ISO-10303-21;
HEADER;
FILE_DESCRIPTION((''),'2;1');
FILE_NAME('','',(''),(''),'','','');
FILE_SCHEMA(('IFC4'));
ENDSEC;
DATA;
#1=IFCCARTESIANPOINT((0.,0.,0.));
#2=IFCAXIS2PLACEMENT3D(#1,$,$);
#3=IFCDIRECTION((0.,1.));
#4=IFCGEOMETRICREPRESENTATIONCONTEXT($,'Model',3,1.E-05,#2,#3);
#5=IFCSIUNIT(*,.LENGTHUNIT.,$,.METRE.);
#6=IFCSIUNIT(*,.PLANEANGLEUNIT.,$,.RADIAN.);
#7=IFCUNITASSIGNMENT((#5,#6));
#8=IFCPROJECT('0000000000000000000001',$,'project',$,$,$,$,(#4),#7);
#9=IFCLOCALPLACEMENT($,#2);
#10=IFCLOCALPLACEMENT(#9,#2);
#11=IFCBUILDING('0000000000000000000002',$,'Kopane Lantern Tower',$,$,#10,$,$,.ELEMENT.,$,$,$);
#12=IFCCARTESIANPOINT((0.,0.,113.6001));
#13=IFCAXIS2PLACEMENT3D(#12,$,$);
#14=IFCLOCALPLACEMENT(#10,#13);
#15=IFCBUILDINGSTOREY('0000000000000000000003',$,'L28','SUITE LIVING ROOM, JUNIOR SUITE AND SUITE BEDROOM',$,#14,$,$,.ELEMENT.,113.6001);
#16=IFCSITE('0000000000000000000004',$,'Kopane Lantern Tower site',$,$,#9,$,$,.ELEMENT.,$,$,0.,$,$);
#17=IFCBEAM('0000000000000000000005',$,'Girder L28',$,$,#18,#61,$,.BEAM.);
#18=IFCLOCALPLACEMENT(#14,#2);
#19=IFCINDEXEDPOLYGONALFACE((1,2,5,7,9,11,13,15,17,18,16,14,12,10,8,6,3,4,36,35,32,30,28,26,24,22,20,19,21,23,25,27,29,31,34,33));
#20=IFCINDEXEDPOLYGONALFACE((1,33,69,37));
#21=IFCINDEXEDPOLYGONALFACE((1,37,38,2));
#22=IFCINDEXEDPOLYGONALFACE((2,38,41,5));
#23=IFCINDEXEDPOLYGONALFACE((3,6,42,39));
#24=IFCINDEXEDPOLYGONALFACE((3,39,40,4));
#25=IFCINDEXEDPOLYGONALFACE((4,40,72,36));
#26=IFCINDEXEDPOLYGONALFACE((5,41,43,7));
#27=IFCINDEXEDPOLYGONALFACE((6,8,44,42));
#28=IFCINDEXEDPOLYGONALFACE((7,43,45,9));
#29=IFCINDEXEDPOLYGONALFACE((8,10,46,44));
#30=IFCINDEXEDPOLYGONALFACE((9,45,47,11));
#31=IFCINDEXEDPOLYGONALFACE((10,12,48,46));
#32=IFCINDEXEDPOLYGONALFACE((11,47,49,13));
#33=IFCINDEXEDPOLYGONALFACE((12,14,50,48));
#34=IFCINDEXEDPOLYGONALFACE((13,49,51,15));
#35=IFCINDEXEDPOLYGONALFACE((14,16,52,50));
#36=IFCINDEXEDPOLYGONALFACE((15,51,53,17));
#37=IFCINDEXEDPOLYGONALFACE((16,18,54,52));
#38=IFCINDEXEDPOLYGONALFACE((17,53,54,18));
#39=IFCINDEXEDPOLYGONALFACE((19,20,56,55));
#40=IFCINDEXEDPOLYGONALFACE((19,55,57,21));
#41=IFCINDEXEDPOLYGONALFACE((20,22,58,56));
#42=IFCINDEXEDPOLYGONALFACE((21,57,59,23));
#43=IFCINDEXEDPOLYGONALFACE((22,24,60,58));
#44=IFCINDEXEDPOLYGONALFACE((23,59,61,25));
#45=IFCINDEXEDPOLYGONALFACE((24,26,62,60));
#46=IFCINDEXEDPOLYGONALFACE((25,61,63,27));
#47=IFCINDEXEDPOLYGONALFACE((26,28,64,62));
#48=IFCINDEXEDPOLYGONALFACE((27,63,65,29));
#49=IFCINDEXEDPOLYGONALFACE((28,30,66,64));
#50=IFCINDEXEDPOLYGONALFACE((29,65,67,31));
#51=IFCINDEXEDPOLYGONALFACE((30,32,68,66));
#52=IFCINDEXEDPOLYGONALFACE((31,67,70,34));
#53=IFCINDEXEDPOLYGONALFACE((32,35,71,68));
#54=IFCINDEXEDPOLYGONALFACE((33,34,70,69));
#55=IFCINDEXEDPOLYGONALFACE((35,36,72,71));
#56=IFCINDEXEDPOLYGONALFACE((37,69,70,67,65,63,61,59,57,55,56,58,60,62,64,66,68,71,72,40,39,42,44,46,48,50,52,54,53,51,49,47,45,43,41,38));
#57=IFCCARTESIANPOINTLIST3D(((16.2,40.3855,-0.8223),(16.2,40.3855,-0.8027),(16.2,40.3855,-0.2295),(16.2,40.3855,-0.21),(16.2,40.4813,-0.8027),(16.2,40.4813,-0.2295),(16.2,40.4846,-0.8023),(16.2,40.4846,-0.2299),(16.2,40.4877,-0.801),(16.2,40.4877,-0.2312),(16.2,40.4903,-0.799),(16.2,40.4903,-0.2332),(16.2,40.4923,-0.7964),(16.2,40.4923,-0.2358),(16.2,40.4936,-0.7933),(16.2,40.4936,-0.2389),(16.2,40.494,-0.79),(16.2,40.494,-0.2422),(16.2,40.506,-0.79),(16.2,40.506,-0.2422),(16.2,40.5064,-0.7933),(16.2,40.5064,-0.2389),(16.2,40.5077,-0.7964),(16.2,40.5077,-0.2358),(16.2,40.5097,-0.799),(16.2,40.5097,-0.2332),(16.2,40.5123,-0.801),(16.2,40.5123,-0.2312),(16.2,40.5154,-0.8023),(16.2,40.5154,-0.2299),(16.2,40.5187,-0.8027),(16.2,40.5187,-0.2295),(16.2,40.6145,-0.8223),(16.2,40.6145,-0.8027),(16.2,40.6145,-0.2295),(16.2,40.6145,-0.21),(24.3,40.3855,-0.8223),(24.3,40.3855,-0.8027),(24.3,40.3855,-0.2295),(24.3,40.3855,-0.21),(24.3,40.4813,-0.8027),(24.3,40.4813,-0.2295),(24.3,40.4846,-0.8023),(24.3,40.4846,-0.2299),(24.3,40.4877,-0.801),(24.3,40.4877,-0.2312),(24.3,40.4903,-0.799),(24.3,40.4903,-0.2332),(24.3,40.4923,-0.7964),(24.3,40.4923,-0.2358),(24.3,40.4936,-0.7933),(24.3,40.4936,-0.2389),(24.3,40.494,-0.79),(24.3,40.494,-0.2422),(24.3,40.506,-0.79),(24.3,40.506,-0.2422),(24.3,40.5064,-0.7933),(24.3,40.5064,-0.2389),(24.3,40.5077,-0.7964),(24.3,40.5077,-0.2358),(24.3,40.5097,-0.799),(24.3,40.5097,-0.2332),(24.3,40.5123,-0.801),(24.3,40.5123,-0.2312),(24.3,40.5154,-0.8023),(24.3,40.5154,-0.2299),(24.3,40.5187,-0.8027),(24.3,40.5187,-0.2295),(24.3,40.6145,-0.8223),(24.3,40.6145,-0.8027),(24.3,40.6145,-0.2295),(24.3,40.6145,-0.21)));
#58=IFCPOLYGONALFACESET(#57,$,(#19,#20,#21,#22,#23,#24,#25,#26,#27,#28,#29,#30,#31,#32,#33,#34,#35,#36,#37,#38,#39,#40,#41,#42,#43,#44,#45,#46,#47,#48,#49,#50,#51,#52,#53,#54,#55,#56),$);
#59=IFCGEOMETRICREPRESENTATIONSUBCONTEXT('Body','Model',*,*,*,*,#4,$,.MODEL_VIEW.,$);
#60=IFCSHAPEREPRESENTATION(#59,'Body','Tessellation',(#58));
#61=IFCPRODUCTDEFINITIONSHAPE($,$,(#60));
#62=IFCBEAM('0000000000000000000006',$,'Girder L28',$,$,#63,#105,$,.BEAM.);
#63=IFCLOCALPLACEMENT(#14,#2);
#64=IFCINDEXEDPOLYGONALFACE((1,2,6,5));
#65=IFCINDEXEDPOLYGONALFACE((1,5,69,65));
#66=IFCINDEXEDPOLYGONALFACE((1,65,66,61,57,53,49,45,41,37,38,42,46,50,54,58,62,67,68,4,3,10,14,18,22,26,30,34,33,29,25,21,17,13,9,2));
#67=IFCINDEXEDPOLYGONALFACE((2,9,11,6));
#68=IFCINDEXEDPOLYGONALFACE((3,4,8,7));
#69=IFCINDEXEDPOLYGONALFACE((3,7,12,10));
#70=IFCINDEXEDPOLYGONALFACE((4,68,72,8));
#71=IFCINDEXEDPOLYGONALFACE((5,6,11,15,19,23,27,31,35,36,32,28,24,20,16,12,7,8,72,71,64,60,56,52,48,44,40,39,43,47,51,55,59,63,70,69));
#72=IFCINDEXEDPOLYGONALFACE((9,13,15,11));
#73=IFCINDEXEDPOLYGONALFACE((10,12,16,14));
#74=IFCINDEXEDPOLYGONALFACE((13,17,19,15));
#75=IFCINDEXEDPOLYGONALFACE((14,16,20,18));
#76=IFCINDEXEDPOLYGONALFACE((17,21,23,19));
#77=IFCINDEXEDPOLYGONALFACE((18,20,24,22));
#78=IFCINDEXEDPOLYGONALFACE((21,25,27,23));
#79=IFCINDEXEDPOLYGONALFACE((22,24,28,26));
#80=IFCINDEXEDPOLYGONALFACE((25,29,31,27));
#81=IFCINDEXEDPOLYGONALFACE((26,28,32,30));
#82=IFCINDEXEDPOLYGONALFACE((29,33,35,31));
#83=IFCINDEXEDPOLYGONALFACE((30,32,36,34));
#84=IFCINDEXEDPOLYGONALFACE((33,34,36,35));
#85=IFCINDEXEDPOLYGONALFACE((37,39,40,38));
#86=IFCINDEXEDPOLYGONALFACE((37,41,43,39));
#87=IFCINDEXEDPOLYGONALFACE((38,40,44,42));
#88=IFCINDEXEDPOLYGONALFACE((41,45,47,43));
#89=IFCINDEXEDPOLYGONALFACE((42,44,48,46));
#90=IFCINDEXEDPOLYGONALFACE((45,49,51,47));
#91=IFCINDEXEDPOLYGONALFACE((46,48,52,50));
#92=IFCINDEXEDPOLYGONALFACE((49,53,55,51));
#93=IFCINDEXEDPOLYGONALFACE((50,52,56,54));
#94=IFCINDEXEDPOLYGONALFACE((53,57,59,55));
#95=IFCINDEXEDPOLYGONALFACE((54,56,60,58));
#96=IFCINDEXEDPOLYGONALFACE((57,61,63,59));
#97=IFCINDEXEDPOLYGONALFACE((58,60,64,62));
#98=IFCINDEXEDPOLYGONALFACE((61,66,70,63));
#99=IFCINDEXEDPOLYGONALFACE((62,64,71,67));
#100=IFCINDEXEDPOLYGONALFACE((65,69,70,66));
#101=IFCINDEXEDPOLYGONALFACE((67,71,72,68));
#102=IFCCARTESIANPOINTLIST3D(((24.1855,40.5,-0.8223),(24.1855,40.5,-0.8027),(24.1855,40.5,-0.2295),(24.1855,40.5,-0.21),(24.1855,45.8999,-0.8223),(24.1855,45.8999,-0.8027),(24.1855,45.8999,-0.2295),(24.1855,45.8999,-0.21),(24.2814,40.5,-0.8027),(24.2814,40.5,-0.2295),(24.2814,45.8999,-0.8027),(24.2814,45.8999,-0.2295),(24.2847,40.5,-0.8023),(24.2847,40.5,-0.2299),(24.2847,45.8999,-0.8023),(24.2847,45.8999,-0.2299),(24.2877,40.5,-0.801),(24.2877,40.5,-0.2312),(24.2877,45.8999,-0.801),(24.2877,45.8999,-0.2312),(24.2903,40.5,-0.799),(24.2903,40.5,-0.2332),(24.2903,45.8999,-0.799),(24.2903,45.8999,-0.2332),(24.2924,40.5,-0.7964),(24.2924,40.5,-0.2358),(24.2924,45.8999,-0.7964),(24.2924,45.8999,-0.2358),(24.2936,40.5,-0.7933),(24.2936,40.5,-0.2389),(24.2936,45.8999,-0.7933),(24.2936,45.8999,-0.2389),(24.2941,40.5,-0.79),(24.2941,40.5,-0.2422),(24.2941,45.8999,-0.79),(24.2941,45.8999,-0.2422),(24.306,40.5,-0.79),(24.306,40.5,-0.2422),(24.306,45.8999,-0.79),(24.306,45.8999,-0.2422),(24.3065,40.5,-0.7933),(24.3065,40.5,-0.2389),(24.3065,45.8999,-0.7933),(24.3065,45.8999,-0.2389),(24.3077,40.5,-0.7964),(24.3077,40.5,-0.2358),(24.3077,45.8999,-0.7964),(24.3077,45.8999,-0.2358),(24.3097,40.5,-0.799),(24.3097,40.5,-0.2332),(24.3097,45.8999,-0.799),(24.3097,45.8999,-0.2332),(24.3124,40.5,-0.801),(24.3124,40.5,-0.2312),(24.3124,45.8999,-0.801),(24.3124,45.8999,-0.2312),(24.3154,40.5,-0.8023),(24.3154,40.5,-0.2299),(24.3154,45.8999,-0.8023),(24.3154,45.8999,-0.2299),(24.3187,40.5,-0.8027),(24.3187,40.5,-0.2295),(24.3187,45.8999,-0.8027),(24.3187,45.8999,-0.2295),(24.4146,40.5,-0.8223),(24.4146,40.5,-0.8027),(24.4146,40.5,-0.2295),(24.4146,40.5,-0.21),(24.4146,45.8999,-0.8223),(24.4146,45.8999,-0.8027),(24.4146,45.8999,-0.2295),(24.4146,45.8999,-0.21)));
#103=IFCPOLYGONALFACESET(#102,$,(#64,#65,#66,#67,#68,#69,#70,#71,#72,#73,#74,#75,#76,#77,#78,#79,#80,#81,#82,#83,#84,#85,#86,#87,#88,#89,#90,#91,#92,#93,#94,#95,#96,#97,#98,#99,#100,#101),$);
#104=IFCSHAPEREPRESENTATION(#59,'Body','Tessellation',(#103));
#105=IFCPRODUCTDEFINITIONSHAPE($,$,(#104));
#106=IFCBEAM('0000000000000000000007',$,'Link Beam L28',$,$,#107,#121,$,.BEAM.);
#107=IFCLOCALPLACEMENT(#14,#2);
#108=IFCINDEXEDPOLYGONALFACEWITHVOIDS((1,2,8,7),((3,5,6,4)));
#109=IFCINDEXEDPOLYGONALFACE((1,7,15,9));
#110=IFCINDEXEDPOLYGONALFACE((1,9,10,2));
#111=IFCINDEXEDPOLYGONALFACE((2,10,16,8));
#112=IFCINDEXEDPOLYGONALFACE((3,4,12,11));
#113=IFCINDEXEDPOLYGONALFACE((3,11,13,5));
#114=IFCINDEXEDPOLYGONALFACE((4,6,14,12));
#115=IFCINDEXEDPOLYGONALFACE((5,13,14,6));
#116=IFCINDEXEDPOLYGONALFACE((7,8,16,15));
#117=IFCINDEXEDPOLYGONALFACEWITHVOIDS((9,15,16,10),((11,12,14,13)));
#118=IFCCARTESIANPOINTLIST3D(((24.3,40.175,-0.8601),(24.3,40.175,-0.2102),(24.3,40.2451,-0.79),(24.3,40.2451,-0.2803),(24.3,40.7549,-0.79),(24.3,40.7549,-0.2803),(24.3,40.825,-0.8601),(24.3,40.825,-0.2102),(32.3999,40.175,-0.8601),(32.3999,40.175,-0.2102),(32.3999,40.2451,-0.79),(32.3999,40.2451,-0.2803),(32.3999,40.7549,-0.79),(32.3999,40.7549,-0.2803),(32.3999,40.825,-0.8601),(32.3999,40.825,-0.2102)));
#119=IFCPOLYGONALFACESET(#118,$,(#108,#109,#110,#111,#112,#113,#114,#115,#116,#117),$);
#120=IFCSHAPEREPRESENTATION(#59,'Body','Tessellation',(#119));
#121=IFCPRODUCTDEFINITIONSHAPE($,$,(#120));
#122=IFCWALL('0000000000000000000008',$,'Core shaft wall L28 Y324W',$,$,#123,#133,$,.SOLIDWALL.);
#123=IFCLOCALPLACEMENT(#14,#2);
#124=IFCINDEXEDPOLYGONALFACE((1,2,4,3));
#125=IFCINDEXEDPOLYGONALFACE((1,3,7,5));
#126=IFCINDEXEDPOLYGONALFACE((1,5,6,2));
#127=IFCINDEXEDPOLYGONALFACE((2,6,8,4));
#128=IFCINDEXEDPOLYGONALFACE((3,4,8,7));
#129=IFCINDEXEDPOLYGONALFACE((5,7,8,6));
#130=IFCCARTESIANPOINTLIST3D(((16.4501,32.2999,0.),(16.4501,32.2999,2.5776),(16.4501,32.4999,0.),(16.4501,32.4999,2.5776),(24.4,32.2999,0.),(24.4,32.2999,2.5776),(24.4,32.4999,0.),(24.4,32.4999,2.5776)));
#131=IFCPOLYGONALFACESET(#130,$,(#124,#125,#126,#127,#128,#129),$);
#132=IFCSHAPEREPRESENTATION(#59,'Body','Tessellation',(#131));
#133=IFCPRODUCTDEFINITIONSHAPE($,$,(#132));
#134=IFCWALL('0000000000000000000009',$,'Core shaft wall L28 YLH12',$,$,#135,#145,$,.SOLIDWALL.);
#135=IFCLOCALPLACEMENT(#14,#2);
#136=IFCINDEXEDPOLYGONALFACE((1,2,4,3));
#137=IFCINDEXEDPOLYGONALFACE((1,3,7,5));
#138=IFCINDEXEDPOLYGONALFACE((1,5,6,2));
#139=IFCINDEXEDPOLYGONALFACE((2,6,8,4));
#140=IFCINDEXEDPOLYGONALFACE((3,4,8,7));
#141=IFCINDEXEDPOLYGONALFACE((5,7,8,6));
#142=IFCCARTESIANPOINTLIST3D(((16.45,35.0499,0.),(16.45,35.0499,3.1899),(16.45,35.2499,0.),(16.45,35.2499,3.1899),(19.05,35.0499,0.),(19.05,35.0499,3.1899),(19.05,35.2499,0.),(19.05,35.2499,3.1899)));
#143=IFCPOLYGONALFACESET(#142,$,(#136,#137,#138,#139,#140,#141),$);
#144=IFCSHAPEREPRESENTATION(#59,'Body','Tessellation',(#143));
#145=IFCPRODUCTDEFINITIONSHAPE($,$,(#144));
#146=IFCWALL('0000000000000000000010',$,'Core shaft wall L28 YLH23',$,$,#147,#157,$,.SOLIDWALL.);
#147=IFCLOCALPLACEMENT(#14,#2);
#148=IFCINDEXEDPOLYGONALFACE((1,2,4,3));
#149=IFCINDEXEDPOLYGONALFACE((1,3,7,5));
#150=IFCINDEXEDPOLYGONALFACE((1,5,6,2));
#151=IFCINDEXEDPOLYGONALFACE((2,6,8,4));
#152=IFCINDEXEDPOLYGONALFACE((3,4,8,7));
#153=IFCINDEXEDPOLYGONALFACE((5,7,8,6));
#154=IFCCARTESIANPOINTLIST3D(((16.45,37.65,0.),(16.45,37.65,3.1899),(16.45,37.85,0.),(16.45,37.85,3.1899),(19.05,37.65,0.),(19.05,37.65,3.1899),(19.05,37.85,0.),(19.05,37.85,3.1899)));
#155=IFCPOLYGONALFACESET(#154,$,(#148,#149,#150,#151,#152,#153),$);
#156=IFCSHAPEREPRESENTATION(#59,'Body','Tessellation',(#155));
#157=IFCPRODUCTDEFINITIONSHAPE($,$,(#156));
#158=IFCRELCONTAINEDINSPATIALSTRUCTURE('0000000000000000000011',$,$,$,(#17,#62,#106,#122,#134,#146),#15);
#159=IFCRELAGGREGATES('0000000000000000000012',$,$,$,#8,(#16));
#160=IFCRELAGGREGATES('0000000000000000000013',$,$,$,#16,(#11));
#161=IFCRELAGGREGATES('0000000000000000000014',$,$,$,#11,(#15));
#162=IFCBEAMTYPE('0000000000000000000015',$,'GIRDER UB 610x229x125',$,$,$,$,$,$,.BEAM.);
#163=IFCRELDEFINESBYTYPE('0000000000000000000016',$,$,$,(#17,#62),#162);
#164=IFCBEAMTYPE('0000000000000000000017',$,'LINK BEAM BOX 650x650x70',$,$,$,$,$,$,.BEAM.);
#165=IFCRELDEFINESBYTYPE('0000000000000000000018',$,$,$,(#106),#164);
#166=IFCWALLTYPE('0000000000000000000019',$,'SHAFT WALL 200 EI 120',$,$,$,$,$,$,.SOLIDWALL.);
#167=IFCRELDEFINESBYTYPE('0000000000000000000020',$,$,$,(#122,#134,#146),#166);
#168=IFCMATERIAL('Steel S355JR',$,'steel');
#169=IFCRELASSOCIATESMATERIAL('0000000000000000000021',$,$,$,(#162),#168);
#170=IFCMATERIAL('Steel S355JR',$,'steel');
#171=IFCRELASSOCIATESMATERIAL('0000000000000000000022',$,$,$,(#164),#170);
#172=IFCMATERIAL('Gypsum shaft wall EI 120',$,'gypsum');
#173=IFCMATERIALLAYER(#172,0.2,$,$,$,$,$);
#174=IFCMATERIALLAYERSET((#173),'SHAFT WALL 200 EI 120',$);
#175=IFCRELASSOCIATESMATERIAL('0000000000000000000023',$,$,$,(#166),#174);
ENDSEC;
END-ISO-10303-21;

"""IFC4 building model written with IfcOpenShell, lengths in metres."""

from ifc_helpers import new_model, si_unit, direction, frame, frame_2d, origin, origin_2d, place, context, subcontext, project, spatial, rectangle, hollow_rectangle, i_section, extrude, material, layer, layer_set, material_profile, profile_set, type_object, element, save


model = new_model("IFC4")

# Units and contexts
model_context = context("Model", 3, precision=1e-05, world=origin(), true_north=direction((0.0, 1.0)))
body_context = subcontext(model_context, "Body", "Model", "MODEL_VIEW")
ifc_project = project(units=[si_unit("LENGTHUNIT", "METRE"), si_unit("PLANEANGLEUNIT", "RADIAN")], contexts=[model_context])

# Site, building, storey
site_placement = place(None, origin())
site = spatial("IfcSite", under=ifc_project, at=site_placement, Name="Kopane Lantern Tower site", CompositionType="ELEMENT", RefElevation=0.0)
building_placement = place(site_placement, origin())
building = spatial("IfcBuilding", under=site, at=building_placement, Name="Kopane Lantern Tower", CompositionType="ELEMENT")
storey_placement = place(building_placement, frame((0.0, 0.0, 113.6001)))
storey = spatial("IfcBuildingStorey", under=building, at=storey_placement, Name="L28", Description="SUITE LIVING ROOM, JUNIOR SUITE AND SUITE BEDROOM", CompositionType="ELEMENT", Elevation=113.6001)

# Beams
ifc_material_1 = material(Name="Steel S355JR", Category="steel")
ifc_material_profile_1 = material_profile(ifc_material_1, i_section(OverallWidth=0.229, OverallDepth=0.6123, WebThickness=0.012, FlangeThickness=0.0195, FilletRadius=0.0127, at=origin_2d()), Name="UB 610x229x125")
ifc_profile_set_1 = profile_set([ifc_material_profile_1], Name="Steel S355JR")
beam_type_1 = type_object("IfcBeamType", Name="GIRDER UB 610x229x125", PredefinedType="BEAM", material=ifc_profile_set_1)
beam_1_placement = place(storey_placement, frame((16.2, 40.5, -0.5161), z_axis=(1.0, 0.0, 0.0), x_axis=(0.0, 1.0, 0.0)))
element("IfcBeam", 1, at=beam_1_placement, inside=storey, type_object=beam_type_1, Name="Girder L28", PredefinedType="BEAM", context=body_context, shape_type="SweptSolid", body=[
    extrude(i_section(OverallWidth=0.229, OverallDepth=0.6123, WebThickness=0.012, FlangeThickness=0.0195, FilletRadius=0.0127, at=origin_2d()), origin(), (0.0, 0.0, 1.0), 8.1001),
])
beam_2_placement = place(storey_placement, frame((24.3, 40.5, -0.5161), z_axis=(0.0, 1.0, 0.0), x_axis=(-1.0, 0.0, 0.0)))
element("IfcBeam", 2, at=beam_2_placement, inside=storey, type_object=beam_type_1, Name="Girder L28", PredefinedType="BEAM", context=body_context, shape_type="SweptSolid", body=[
    extrude(i_section(OverallWidth=0.229, OverallDepth=0.6123, WebThickness=0.012, FlangeThickness=0.0195, FilletRadius=0.0127, at=origin_2d()), origin(), (0.0, 0.0, 1.0), 5.3999),
])
ifc_material_2 = material(Name="Steel S355JR", Category="steel")
ifc_material_profile_2 = material_profile(ifc_material_2, hollow_rectangle(XDim=0.6499, YDim=0.6499, WallThickness=0.0701, at=origin_2d()), Name="BOX 650x650x70")
ifc_profile_set_2 = profile_set([ifc_material_profile_2], Name="Steel S355JR")
beam_type_2 = type_object("IfcBeamType", Name="LINK BEAM BOX 650x650x70", PredefinedType="BEAM", material=ifc_profile_set_2)
beam_3_placement = place(storey_placement, frame((24.3, 40.5, -0.5352), z_axis=(1.0, 0.0, 0.0), x_axis=(0.0, 1.0, 0.0)))
element("IfcBeam", 3, at=beam_3_placement, inside=storey, type_object=beam_type_2, Name="Link Beam L28", PredefinedType="BEAM", context=body_context, shape_type="SweptSolid", body=[
    extrude(hollow_rectangle(XDim=0.6499, YDim=0.6499, WallThickness=0.0701, at=origin_2d()), origin(), (0.0, 0.0, 1.0), 8.0999),
])

# Walls
ifc_material_3 = material(Name="Gypsum shaft wall EI 120", Category="gypsum")
ifc_layer_1 = layer(ifc_material_3, 0.2)
ifc_layer_set_1 = layer_set([ifc_layer_1], Name="SHAFT WALL 200 EI 120")
wall_type_1 = type_object("IfcWallType", Name="SHAFT WALL 200 EI 120", PredefinedType="SOLIDWALL", material=ifc_layer_set_1)
wall_1_placement = place(storey_placement, frame((16.45, 32.3999, 0.0), z_axis=(0.0, 0.0, 1.0), x_axis=(1.0, 0.0, 0.0)))
element("IfcWall", 4, at=wall_1_placement, inside=storey, type_object=wall_type_1, Name="Core shaft wall L28 Y324W", PredefinedType="SOLIDWALL", context=body_context, shape_type="SweptSolid", body=[
    extrude(rectangle(XDim=7.95, YDim=0.2, at=frame_2d((3.9751, 0.0))), origin(), (0.0, 0.0, 1.0), 2.5776),
])
for number, where, z_axis, x_axis, name in (
    (5, (16.45, 35.1499, 0.0), (0.0, 0.0, 1.0), (1.0, 0.0, 0.0), "Core shaft wall L28 YLH12"),
    (6, (16.45, 37.75, 0.0), (0.0, 0.0, 1.0), (1.0, 0.0, 0.0), "Core shaft wall L28 YLH23"),
):
    element("IfcWall", number, at=place(storey_placement, frame(where, z_axis=z_axis, x_axis=x_axis)), inside=storey, type_object=wall_type_1, Name=name, PredefinedType="SOLIDWALL", context=body_context, shape_type="SweptSolid", body=[
        extrude(rectangle(XDim=2.6001, YDim=0.2, at=frame_2d((1.3, 0.0))), origin(), (0.0, 0.0, 1.0), 3.1899),
    ])

save(model, "model.ifc")
